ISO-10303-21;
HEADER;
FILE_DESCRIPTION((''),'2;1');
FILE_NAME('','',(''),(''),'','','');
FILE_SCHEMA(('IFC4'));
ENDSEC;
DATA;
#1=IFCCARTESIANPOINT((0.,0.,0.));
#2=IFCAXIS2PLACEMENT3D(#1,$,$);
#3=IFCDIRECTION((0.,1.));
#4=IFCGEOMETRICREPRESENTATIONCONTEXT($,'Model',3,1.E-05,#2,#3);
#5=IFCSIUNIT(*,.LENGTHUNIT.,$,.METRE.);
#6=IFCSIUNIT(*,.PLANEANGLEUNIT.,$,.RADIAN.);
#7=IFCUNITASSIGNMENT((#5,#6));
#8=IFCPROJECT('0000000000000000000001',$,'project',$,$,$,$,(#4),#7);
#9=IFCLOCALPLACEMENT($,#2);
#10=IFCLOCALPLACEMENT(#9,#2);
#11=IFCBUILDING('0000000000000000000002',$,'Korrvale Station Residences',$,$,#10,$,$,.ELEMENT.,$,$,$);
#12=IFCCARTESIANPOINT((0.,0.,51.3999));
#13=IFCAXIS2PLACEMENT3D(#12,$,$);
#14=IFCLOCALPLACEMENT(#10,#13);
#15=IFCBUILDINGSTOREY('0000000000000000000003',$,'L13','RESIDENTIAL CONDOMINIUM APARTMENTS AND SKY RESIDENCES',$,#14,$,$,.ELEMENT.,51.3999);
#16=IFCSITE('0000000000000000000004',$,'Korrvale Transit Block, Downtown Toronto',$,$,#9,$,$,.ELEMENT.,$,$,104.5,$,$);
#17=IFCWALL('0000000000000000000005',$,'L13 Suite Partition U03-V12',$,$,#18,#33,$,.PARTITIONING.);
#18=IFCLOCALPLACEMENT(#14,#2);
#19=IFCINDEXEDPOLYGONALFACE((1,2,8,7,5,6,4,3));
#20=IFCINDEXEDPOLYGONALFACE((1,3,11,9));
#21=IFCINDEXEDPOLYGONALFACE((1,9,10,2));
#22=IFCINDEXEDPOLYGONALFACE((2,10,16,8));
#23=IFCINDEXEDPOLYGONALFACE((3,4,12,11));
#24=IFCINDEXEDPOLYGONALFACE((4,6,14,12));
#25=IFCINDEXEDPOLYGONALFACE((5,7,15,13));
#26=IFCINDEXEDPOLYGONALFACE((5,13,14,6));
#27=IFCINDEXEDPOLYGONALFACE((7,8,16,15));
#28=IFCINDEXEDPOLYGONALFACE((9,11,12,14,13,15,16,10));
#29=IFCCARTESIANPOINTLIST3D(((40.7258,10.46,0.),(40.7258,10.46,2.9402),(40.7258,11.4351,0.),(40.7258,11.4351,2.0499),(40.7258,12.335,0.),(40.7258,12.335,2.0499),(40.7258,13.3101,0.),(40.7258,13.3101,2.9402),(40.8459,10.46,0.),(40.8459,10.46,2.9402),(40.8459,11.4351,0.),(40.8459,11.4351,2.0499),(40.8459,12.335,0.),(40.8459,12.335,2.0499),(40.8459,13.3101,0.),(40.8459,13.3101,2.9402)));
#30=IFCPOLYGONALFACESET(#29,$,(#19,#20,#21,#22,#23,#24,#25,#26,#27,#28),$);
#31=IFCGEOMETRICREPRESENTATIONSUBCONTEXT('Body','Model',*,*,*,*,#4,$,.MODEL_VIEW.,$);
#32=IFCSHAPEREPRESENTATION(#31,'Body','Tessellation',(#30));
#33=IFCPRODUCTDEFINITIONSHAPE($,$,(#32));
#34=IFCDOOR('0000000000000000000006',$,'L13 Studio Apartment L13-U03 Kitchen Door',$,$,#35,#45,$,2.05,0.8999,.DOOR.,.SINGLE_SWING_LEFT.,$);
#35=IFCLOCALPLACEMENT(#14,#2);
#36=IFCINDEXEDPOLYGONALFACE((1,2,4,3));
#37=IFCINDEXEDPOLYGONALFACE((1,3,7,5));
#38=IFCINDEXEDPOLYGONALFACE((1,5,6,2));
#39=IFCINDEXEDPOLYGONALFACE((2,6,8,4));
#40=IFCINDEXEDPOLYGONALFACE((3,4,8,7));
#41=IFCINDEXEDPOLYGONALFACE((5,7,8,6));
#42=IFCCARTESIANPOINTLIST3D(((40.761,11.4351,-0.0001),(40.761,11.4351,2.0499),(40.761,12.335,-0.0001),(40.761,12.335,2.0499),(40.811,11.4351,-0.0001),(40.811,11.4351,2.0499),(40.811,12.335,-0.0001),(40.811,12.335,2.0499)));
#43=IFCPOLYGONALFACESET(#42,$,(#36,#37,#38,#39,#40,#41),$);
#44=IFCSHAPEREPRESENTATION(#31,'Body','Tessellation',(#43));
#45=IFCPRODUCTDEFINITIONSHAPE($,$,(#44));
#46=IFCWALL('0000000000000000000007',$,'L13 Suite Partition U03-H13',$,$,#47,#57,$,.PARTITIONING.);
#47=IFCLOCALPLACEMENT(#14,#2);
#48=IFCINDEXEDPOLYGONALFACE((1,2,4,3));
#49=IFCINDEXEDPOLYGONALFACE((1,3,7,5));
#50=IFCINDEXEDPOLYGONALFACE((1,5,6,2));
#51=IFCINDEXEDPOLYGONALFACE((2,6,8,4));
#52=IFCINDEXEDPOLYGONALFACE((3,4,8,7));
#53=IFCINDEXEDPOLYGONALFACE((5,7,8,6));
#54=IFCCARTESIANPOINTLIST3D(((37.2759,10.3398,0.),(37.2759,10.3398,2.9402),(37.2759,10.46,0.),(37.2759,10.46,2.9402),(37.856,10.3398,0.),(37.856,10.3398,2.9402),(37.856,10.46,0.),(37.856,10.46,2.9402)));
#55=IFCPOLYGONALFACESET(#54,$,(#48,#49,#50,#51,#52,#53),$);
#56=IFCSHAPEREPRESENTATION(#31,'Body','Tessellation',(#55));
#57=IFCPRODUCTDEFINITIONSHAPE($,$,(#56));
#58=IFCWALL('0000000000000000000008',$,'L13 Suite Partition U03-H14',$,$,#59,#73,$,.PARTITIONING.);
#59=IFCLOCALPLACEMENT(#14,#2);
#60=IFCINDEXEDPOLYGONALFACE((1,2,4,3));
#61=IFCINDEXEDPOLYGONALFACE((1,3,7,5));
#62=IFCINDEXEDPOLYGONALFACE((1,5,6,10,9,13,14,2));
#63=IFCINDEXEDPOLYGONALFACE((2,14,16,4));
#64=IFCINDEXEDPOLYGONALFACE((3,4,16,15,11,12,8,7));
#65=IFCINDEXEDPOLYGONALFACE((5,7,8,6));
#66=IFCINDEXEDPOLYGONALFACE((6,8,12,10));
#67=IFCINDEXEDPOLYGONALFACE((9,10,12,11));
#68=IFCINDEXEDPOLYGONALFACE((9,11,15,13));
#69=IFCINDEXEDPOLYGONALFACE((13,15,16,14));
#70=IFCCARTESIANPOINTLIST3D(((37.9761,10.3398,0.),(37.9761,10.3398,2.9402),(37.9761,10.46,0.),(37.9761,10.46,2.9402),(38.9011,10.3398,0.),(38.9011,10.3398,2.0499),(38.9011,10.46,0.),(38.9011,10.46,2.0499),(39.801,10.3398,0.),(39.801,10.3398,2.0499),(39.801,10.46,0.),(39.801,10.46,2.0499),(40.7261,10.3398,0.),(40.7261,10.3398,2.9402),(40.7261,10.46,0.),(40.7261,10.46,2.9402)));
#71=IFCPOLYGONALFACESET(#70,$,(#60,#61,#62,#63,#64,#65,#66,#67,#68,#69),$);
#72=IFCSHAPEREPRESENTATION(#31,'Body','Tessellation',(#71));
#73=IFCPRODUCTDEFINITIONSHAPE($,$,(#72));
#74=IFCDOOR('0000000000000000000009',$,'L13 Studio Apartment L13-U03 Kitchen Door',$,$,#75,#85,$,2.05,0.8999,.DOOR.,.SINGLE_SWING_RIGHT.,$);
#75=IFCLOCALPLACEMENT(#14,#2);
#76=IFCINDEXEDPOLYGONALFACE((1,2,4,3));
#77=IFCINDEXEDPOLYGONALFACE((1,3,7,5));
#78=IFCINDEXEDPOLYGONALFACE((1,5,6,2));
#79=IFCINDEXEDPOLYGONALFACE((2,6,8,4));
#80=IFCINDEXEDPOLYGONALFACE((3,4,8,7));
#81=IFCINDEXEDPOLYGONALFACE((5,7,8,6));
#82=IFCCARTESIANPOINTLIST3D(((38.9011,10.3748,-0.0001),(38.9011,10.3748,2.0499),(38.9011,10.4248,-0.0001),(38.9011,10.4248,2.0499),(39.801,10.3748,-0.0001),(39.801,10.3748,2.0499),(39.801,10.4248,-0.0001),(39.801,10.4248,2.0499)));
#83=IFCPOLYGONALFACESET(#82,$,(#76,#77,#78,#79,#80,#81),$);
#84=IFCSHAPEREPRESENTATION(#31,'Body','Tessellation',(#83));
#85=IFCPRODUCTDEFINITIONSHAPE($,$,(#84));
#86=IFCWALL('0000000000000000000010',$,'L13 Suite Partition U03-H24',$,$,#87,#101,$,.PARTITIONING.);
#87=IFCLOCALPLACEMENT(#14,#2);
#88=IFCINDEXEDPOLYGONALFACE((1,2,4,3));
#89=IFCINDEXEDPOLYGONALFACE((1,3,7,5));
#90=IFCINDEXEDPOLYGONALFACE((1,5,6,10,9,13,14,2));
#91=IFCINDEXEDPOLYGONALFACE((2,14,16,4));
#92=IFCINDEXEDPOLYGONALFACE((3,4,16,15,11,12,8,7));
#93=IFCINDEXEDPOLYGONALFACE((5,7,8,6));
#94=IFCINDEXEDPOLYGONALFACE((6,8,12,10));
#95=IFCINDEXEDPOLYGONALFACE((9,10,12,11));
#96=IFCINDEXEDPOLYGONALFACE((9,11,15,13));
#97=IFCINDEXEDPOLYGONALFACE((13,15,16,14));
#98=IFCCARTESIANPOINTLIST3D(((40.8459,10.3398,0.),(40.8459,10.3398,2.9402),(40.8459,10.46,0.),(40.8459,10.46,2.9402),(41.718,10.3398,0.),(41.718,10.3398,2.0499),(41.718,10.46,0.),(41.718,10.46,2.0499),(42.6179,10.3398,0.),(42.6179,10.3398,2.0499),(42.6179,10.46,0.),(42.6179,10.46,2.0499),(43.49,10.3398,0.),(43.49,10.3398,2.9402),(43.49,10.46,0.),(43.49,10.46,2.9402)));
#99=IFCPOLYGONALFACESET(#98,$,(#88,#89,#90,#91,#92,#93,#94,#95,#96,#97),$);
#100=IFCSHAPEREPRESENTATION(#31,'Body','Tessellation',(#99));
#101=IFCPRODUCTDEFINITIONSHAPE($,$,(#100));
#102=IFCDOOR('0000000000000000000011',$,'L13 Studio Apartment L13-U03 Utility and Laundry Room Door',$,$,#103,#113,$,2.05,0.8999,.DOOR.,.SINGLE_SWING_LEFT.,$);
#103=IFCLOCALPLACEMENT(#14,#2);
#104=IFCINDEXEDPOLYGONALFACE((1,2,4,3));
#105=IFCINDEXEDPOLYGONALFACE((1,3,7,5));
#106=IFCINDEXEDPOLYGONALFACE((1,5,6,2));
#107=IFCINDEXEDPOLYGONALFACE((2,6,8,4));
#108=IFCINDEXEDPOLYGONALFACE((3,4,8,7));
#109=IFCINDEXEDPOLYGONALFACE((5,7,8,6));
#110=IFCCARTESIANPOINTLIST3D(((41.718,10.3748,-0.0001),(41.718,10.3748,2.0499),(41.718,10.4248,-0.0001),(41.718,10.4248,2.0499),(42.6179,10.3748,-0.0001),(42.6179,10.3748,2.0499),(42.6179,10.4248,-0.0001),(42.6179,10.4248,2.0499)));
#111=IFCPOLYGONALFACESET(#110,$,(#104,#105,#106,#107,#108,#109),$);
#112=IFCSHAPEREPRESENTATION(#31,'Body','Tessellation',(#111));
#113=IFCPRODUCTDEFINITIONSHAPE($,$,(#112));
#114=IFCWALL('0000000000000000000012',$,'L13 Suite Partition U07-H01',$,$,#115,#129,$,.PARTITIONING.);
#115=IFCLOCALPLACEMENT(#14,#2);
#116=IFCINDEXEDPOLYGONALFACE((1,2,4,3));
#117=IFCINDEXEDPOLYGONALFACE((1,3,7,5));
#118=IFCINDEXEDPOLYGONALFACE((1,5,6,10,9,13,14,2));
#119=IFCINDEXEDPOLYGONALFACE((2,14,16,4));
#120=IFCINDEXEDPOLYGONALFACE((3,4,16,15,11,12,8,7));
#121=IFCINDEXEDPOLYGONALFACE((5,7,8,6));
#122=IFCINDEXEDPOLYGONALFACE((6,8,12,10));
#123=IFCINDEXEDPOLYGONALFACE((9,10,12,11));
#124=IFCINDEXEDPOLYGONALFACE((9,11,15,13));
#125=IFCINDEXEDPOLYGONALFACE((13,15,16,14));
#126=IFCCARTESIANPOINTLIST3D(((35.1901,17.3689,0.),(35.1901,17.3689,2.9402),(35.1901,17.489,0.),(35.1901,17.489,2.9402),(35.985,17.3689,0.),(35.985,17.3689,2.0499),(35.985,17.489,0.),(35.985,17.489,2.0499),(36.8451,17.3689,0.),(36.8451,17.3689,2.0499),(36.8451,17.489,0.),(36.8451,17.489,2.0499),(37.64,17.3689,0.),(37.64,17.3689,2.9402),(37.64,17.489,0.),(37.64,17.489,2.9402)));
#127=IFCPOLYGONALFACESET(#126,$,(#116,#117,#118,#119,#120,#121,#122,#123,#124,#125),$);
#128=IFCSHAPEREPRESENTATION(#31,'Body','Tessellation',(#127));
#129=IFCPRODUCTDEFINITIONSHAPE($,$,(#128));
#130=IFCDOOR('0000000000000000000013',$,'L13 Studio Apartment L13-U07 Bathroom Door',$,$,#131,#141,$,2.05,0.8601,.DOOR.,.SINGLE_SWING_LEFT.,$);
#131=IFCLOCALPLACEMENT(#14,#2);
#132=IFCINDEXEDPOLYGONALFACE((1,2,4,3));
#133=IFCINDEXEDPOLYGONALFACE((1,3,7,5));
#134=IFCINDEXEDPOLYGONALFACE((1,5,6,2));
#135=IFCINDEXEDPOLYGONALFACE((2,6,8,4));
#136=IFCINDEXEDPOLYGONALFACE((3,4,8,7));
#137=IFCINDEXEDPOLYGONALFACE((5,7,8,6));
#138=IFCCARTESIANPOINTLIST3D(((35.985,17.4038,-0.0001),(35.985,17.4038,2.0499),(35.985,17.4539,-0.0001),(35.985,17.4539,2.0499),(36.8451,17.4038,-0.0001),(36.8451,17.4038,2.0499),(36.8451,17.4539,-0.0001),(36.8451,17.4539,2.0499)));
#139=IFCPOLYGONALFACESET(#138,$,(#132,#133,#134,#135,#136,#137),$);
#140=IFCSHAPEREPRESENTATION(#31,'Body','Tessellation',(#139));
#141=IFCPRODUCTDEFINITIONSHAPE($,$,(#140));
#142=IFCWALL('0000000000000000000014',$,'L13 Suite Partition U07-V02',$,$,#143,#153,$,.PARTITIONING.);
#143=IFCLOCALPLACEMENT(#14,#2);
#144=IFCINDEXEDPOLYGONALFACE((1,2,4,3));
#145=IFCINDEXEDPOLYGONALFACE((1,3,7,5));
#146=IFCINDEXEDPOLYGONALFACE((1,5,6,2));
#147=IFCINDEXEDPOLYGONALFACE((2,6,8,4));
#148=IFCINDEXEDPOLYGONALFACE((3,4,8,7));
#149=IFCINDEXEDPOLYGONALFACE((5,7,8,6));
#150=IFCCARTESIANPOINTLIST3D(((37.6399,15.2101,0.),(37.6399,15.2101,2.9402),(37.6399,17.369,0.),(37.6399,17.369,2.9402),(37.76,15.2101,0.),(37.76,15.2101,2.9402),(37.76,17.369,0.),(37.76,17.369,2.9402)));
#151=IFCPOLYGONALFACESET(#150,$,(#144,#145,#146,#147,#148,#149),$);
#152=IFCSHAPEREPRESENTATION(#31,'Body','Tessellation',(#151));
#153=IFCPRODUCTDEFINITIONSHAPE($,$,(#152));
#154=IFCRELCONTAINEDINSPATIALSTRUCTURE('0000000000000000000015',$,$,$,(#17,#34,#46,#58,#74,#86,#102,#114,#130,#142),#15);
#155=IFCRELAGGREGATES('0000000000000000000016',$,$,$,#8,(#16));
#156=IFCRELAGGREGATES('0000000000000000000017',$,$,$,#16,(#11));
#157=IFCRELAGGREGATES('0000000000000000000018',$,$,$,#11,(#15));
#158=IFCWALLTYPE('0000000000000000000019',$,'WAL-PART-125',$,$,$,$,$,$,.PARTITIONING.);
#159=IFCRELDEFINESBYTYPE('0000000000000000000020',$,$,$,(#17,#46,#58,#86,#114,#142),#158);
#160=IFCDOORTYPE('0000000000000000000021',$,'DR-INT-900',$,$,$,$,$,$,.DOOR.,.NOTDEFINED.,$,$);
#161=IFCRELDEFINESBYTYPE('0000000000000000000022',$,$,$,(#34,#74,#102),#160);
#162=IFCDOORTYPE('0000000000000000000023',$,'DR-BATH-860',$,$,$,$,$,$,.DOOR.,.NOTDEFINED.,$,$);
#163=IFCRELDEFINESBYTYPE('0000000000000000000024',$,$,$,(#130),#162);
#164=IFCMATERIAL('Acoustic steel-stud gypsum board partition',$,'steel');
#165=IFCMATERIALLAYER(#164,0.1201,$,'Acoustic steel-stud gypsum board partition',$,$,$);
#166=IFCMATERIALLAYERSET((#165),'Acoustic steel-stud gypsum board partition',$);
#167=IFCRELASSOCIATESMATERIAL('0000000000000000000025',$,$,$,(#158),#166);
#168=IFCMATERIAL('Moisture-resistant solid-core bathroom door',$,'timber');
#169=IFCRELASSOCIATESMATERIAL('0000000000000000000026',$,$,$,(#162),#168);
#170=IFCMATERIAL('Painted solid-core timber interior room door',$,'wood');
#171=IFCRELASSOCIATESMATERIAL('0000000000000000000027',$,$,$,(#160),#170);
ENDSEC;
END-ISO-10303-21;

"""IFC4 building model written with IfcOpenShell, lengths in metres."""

from ifc_helpers import new_model, si_unit, direction, frame, frame_2d, origin, place, context, subcontext, project, spatial, rectangle, extrude, material, layer, layer_set, type_object, element, fill, save


model = new_model("IFC4")

# Units and contexts
model_context = context("Model", 3, precision=1e-05, world=origin(), true_north=direction((0.0, 1.0)))
body_context = subcontext(model_context, "Body", "Model", "MODEL_VIEW")
ifc_project = project(units=[si_unit("LENGTHUNIT", "METRE"), si_unit("PLANEANGLEUNIT", "RADIAN")], contexts=[model_context])

# Site, building, storey
site_placement = place(None, origin())
site = spatial("IfcSite", under=ifc_project, at=site_placement, Name="Korrvale Transit Block, Downtown Toronto", CompositionType="ELEMENT", RefElevation=104.5)
building_placement = place(site_placement, origin())
building = spatial("IfcBuilding", under=site, at=building_placement, Name="Korrvale Station Residences", CompositionType="ELEMENT")
storey_placement = place(building_placement, frame((0.0, 0.0, 51.3999)))
storey = spatial("IfcBuildingStorey", under=building, at=storey_placement, Name="L13", Description="RESIDENTIAL CONDOMINIUM APARTMENTS AND SKY RESIDENCES", CompositionType="ELEMENT", Elevation=51.3999)

# Shared definitions
ifc_material_1 = material(Name="Acoustic steel-stud gypsum board partition", Category="steel")
ifc_layer_1 = layer(ifc_material_1, 0.1201, Name="Acoustic steel-stud gypsum board partition")
ifc_layer_set_1 = layer_set([ifc_layer_1], Name="Acoustic steel-stud gypsum board partition")
wall_type_1 = type_object("IfcWallType", Name="WAL-PART-125", PredefinedType="PARTITIONING", material=ifc_layer_set_1)
ifc_material_2 = material(Name="Moisture-resistant solid-core bathroom door", Category="timber")
door_type_1 = type_object("IfcDoorType", Name="DR-BATH-860", OperationType="NOTDEFINED", PredefinedType="DOOR", material=ifc_material_2)

# Wall, opening, door
wall_1_placement = place(storey_placement, frame((40.7859, 10.46, 0.0), z_axis=(0.0, 0.0, 1.0), x_axis=(0.0, 1.0, 0.0)))
wall_1 = element("IfcWall", 1, at=wall_1_placement, inside=storey, type_object=wall_type_1, Name="L13 Suite Partition U03-V12", PredefinedType="PARTITIONING", context=body_context, shape_type="SweptSolid", body=[
    extrude(rectangle(XDim=2.8501, YDim=0.1201, at=frame_2d((1.425, 0.0))), origin(), (0.0, 0.0, 1.0), 2.9402),
])
opening_1_placement = place(wall_1_placement, frame((0.9751, 0.0, 0.0)))
opening_1 = element("IfcOpeningElement", 2, at=opening_1_placement, cuts=wall_1, PredefinedType="OPENING", context=body_context, shape_type="SweptSolid", body=[
    extrude(rectangle(XDim=0.8999, YDim=2.05, at=frame_2d((0.45, 1.0249))), frame((0.0, 0.0701, 0.0), z_axis=(0.0, -1.0, 0.0), x_axis=(1.0, 0.0, 0.0)), (0.0, 0.0, 1.0), 0.1401),
])
ifc_material_3 = material(Name="Painted solid-core timber interior room door", Category="wood")
door_type_2 = type_object("IfcDoorType", Name="DR-INT-900", OperationType="NOTDEFINED", PredefinedType="DOOR", material=ifc_material_3)
door_1_placement = place(opening_1_placement, origin())
door_1 = element("IfcDoor", 3, at=door_1_placement, inside=storey, type_object=door_type_2, Name="L13 Studio Apartment L13-U03 Kitchen Door", OperationType="SINGLE_SWING_LEFT", OverallHeight=2.05, OverallWidth=0.8999, PredefinedType="DOOR", context=body_context, shape_type="SweptSolid", body=[
    extrude(rectangle(XDim=0.8999, YDim=2.05, at=frame_2d((0.45, 1.0249))), frame((0.0, 0.0249, 0.0), z_axis=(0.0, -1.0, 0.0), x_axis=(1.0, 0.0, 0.0)), (0.0, 0.0, 1.0), 0.05),
])
fill(opening_1, door_1)

# Wall
wall_2_placement = place(storey_placement, frame((37.2759, 10.3999, 0.0), z_axis=(0.0, 0.0, 1.0), x_axis=(1.0, 0.0, 0.0)))
element("IfcWall", 4, at=wall_2_placement, inside=storey, type_object=wall_type_1, Name="L13 Suite Partition U03-H13", PredefinedType="PARTITIONING", context=body_context, shape_type="SweptSolid", body=[
    extrude(rectangle(XDim=0.5801, YDim=0.1201, at=frame_2d((0.29, 0.0))), origin(), (0.0, 0.0, 1.0), 2.9402),
])

# Walls, openings, doors
wall_3_placement = place(storey_placement, frame((37.9761, 10.3999, 0.0), z_axis=(0.0, 0.0, 1.0), x_axis=(1.0, 0.0, 0.0)))
wall_3 = element("IfcWall", 5, at=wall_3_placement, inside=storey, type_object=wall_type_1, Name="L13 Suite Partition U03-H14", PredefinedType="PARTITIONING", context=body_context, shape_type="SweptSolid", body=[
    extrude(rectangle(XDim=2.75, YDim=0.1201, at=frame_2d((1.375, 0.0))), origin(), (0.0, 0.0, 1.0), 2.9402),
])
opening_2_placement = place(wall_3_placement, frame((0.925, 0.0, 0.0)))
opening_2 = element("IfcOpeningElement", 6, at=opening_2_placement, cuts=wall_3, PredefinedType="OPENING", context=body_context, shape_type="SweptSolid", body=[
    extrude(rectangle(XDim=0.8999, YDim=2.05, at=frame_2d((0.45, 1.0249))), frame((0.0, 0.0701, 0.0), z_axis=(0.0, -1.0, 0.0), x_axis=(1.0, 0.0, 0.0)), (0.0, 0.0, 1.0), 0.1401),
])
door_2_placement = place(opening_2_placement, origin())
door_2 = element("IfcDoor", 7, at=door_2_placement, inside=storey, type_object=door_type_2, Name="L13 Studio Apartment L13-U03 Kitchen Door", OperationType="SINGLE_SWING_RIGHT", OverallHeight=2.05, OverallWidth=0.8999, PredefinedType="DOOR", context=body_context, shape_type="SweptSolid", body=[
    extrude(rectangle(XDim=0.8999, YDim=2.05, at=frame_2d((0.45, 1.0249))), frame((0.0, 0.0249, 0.0), z_axis=(0.0, -1.0, 0.0), x_axis=(1.0, 0.0, 0.0)), (0.0, 0.0, 1.0), 0.05),
])
fill(opening_2, door_2)
wall_4_placement = place(storey_placement, frame((40.8459, 10.3999, 0.0), z_axis=(0.0, 0.0, 1.0), x_axis=(1.0, 0.0, 0.0)))
wall_4 = element("IfcWall", 8, at=wall_4_placement, inside=storey, type_object=wall_type_1, Name="L13 Suite Partition U03-H24", PredefinedType="PARTITIONING", context=body_context, shape_type="SweptSolid", body=[
    extrude(rectangle(XDim=2.644, YDim=0.1201, at=frame_2d((1.322, 0.0))), origin(), (0.0, 0.0, 1.0), 2.9402),
])
opening_3_placement = place(wall_4_placement, frame((0.8721, 0.0, 0.0)))
opening_3 = element("IfcOpeningElement", 9, at=opening_3_placement, cuts=wall_4, PredefinedType="OPENING", context=body_context, shape_type="SweptSolid", body=[
    extrude(rectangle(XDim=0.8999, YDim=2.05, at=frame_2d((0.45, 1.0249))), frame((0.0, 0.0701, 0.0), z_axis=(0.0, -1.0, 0.0), x_axis=(1.0, 0.0, 0.0)), (0.0, 0.0, 1.0), 0.1401),
])
door_3_placement = place(opening_3_placement, origin())
door_3 = element("IfcDoor", 10, at=door_3_placement, inside=storey, type_object=door_type_2, Name="L13 Studio Apartment L13-U03 Utility and Laundry Room Door", OperationType="SINGLE_SWING_LEFT", OverallHeight=2.05, OverallWidth=0.8999, PredefinedType="DOOR", context=body_context, shape_type="SweptSolid", body=[
    extrude(rectangle(XDim=0.8999, YDim=2.05, at=frame_2d((0.45, 1.0249))), frame((0.0, 0.0249, 0.0), z_axis=(0.0, -1.0, 0.0), x_axis=(1.0, 0.0, 0.0)), (0.0, 0.0, 1.0), 0.05),
])
fill(opening_3, door_3)
wall_5_placement = place(storey_placement, frame((35.1899, 17.429, 0.0), z_axis=(0.0, 0.0, 1.0), x_axis=(1.0, 0.0, 0.0)))
wall_5 = element("IfcWall", 11, at=wall_5_placement, inside=storey, type_object=wall_type_1, Name="L13 Suite Partition U07-H01", PredefinedType="PARTITIONING", context=body_context, shape_type="SweptSolid", body=[
    extrude(rectangle(XDim=2.45, YDim=0.1201, at=frame_2d((1.2251, 0.0))), origin(), (0.0, 0.0, 1.0), 2.9402),
])
opening_4_placement = place(wall_5_placement, frame((0.7949, 0.0, 0.0)))
opening_4 = element("IfcOpeningElement", 12, at=opening_4_placement, cuts=wall_5, PredefinedType="OPENING", context=body_context, shape_type="SweptSolid", body=[
    extrude(rectangle(XDim=0.8601, YDim=2.05, at=frame_2d((0.4302, 1.0249))), frame((0.0, 0.0701, 0.0), z_axis=(0.0, -1.0, 0.0), x_axis=(1.0, 0.0, 0.0)), (0.0, 0.0, 1.0), 0.1401),
])
door_4_placement = place(opening_4_placement, origin())
door_4 = element("IfcDoor", 13, at=door_4_placement, inside=storey, type_object=door_type_1, Name="L13 Studio Apartment L13-U07 Bathroom Door", OperationType="SINGLE_SWING_LEFT", OverallHeight=2.05, OverallWidth=0.8601, PredefinedType="DOOR", context=body_context, shape_type="SweptSolid", body=[
    extrude(rectangle(XDim=0.8601, YDim=2.05, at=frame_2d((0.4302, 1.0249))), frame((0.0, 0.0249, 0.0), z_axis=(0.0, -1.0, 0.0), x_axis=(1.0, 0.0, 0.0)), (0.0, 0.0, 1.0), 0.05),
])
fill(opening_4, door_4)

# Wall
wall_6_placement = place(storey_placement, frame((37.7, 15.21, 0.0), z_axis=(0.0, 0.0, 1.0), x_axis=(0.0, 1.0, 0.0)))
element("IfcWall", 14, at=wall_6_placement, inside=storey, type_object=wall_type_1, Name="L13 Suite Partition U07-V02", PredefinedType="PARTITIONING", context=body_context, shape_type="SweptSolid", body=[
    extrude(rectangle(XDim=2.1589, YDim=0.1201, at=frame_2d((1.0796, 0.0))), origin(), (0.0, 0.0, 1.0), 2.9402),
])

save(model, "model.ifc")
